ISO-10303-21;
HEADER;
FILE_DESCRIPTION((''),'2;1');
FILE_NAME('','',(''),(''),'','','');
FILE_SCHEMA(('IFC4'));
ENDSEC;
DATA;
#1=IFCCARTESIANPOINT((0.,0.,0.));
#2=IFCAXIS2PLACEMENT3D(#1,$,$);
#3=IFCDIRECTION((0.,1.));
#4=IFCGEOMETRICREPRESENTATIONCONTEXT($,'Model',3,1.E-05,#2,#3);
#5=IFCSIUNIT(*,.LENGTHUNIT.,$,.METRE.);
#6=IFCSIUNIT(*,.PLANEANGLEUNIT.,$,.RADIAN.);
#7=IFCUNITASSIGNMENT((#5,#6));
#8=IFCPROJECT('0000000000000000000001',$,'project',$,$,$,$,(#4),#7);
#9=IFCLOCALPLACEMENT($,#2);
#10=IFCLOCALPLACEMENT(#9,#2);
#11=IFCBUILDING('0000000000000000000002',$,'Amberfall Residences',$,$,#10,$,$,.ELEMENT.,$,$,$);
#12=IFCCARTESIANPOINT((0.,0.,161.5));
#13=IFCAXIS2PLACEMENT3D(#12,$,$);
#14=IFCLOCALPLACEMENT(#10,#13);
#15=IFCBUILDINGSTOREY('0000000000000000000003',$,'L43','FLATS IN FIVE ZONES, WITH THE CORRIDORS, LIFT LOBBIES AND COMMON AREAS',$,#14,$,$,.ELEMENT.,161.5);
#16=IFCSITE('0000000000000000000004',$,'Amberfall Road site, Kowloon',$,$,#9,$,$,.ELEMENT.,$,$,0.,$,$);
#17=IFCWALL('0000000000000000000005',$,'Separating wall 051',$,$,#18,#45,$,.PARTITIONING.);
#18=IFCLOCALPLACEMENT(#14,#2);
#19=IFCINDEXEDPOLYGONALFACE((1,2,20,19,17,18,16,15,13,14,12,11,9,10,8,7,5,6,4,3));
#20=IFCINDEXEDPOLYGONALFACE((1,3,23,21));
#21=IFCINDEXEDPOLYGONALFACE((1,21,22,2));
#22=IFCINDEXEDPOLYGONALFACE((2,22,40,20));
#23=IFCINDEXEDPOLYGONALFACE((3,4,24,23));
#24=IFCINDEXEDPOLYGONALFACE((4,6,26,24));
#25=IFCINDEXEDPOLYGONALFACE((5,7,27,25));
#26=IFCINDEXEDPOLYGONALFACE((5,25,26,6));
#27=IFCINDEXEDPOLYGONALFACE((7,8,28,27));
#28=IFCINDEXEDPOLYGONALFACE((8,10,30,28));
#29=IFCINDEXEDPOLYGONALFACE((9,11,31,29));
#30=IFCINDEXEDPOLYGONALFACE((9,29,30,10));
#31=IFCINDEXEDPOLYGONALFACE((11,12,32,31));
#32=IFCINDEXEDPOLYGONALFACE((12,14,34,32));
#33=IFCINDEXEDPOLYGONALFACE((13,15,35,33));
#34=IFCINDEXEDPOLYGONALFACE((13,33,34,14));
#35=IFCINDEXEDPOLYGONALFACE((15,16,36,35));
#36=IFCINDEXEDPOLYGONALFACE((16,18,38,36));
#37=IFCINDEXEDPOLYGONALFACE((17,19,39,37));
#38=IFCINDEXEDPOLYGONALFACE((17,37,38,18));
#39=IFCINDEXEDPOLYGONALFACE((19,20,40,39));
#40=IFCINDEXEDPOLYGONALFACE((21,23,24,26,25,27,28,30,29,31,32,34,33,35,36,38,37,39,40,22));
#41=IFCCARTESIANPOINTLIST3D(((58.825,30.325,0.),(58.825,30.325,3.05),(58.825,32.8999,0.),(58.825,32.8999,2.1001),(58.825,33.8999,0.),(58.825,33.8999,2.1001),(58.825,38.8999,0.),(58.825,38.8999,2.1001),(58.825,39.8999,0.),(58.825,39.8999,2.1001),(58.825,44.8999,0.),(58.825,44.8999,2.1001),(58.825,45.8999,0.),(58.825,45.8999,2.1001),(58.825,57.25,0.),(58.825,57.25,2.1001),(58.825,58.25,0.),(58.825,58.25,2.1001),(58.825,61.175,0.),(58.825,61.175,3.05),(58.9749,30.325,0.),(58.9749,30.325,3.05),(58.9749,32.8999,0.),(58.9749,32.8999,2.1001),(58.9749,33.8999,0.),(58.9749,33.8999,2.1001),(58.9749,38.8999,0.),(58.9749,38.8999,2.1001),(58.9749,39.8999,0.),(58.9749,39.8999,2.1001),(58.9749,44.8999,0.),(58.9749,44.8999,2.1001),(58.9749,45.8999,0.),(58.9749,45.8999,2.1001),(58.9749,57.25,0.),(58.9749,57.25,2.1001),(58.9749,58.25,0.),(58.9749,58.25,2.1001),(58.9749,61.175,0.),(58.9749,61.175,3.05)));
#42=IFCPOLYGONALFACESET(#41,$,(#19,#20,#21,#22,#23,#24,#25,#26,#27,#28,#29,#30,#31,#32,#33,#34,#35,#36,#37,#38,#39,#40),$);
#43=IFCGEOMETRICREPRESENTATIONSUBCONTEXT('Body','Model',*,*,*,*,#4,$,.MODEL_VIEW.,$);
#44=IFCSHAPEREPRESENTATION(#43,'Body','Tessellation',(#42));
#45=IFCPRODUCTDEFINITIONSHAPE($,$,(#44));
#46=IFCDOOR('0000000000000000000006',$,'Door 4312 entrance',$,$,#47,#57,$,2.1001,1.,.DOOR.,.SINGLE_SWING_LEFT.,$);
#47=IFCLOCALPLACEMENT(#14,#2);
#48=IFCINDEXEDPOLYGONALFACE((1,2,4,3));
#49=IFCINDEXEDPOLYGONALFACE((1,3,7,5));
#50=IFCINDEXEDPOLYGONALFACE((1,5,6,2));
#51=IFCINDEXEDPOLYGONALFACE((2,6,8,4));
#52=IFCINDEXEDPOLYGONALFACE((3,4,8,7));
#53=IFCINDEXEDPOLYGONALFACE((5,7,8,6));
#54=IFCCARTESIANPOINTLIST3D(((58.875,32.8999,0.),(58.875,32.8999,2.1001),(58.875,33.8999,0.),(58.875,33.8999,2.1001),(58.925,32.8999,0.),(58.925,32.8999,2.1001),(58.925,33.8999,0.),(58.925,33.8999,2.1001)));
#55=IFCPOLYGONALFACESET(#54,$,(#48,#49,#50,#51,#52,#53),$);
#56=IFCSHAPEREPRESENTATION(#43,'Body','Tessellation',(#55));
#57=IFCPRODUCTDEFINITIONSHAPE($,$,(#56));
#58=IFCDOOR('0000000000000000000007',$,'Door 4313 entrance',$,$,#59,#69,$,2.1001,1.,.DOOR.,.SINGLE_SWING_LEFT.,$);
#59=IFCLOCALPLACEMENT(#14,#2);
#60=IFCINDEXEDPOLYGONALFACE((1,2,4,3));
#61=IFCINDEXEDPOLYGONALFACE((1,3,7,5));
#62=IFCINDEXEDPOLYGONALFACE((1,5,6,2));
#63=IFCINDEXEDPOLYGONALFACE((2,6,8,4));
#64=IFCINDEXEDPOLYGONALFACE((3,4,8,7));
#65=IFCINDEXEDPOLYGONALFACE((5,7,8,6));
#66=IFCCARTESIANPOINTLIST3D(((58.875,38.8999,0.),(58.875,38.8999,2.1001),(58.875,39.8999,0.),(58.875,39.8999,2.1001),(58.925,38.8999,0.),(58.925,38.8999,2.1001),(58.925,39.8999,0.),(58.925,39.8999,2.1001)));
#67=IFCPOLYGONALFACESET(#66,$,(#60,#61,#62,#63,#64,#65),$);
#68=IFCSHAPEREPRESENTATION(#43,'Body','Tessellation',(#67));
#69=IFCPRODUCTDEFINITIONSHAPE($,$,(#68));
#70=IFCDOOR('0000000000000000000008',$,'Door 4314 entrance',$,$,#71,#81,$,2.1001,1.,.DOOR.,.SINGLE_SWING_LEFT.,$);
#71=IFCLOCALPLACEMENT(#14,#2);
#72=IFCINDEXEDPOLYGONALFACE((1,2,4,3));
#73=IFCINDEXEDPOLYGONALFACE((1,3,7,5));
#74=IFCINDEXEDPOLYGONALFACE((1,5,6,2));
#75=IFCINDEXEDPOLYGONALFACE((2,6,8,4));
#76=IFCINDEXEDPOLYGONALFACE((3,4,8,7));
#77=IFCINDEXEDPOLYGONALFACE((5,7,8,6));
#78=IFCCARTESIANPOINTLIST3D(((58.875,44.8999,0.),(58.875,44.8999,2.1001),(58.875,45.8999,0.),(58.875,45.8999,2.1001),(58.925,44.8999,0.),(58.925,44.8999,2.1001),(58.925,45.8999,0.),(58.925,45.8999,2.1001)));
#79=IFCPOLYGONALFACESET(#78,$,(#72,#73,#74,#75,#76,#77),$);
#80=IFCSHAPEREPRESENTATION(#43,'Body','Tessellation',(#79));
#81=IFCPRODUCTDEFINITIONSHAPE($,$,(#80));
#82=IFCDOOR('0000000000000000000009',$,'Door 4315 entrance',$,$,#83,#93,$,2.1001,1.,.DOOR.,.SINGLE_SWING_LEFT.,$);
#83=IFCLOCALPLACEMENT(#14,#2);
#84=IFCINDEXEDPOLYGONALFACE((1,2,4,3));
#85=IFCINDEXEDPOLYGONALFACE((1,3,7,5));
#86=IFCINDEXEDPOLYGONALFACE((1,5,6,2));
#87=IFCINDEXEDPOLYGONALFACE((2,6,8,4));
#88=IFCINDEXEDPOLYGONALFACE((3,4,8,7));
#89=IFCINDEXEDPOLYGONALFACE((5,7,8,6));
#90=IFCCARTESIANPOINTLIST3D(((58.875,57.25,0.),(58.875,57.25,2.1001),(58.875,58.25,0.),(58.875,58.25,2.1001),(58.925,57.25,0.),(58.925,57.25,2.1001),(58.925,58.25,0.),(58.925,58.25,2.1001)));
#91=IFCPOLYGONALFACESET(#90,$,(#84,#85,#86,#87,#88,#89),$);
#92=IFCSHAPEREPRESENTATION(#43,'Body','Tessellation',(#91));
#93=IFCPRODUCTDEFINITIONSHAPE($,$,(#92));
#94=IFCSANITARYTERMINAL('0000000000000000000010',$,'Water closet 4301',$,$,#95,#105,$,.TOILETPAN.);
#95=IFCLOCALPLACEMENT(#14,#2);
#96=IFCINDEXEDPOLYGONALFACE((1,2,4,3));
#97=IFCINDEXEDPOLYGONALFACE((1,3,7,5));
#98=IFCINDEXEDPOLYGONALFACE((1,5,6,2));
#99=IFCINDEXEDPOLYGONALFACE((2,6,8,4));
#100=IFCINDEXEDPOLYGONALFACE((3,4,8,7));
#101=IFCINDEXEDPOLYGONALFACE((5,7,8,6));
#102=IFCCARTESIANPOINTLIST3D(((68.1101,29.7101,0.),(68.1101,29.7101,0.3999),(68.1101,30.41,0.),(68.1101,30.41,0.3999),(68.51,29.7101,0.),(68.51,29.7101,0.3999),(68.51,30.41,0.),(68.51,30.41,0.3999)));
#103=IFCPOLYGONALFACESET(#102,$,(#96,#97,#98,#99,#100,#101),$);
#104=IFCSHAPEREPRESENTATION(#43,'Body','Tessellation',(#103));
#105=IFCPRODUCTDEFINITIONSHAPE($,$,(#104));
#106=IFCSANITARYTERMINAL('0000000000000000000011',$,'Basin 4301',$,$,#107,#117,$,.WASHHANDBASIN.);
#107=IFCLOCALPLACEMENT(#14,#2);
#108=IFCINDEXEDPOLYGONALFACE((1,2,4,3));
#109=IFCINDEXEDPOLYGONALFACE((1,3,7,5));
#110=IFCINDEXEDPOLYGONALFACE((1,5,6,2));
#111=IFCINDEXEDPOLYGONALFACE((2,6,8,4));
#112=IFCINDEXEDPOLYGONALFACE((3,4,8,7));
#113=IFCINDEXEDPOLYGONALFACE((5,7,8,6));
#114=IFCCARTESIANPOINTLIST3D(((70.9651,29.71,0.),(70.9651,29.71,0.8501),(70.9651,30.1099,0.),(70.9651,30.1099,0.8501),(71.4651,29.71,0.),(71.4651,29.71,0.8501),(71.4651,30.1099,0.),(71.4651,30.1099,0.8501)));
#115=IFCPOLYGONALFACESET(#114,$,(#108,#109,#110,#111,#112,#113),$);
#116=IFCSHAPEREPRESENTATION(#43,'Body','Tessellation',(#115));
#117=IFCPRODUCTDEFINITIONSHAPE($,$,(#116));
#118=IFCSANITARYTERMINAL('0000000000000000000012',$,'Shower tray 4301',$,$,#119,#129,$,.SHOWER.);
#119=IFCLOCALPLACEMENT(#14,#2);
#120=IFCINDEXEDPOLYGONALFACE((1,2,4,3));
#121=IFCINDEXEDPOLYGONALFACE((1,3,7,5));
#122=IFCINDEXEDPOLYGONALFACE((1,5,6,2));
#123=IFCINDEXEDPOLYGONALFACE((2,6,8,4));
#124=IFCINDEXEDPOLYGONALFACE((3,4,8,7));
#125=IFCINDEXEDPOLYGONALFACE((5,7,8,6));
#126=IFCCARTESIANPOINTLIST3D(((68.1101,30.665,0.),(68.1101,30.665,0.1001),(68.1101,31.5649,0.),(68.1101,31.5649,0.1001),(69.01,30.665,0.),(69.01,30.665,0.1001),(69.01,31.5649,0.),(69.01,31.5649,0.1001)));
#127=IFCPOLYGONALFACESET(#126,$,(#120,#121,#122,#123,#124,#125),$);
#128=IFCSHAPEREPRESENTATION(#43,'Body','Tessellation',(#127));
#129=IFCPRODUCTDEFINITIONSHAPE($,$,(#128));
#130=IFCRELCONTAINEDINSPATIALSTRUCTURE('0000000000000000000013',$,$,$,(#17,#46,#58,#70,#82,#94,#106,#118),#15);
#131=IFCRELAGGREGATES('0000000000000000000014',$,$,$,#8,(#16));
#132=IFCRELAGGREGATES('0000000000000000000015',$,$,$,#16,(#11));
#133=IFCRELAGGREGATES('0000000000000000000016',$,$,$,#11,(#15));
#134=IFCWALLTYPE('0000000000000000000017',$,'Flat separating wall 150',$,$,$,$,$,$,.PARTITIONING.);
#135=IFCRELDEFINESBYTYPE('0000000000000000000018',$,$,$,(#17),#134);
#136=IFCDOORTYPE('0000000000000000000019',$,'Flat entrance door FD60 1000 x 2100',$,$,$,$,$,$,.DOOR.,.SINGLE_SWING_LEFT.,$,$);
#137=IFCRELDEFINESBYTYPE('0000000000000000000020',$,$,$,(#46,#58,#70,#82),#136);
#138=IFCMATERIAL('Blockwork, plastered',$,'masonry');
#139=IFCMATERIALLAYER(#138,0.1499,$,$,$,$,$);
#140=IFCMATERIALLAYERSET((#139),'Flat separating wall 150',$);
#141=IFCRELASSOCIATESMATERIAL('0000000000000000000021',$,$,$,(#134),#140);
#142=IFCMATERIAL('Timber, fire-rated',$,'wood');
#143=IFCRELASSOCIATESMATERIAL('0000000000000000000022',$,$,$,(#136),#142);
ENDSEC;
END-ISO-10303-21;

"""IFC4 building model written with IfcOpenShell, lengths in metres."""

from ifc_helpers import new_model, si_unit, direction, frame, frame_2d, origin, origin_2d, place, context, subcontext, project, spatial, rectangle, extrude, material, layer, layer_set, type_object, element, fill, save


model = new_model("IFC4")

# Units and contexts
model_context = context("Model", 3, precision=1e-05, world=origin(), true_north=direction((0.0, 1.0)))
body_context = subcontext(model_context, "Body", "Model", "MODEL_VIEW")
ifc_project = project(units=[si_unit("LENGTHUNIT", "METRE"), si_unit("PLANEANGLEUNIT", "RADIAN")], contexts=[model_context])

# Site, building, storey
site_placement = place(None, origin())
site = spatial("IfcSite", under=ifc_project, at=site_placement, Name="Amberfall Road site, Kowloon", CompositionType="ELEMENT", RefElevation=0.0)
building_placement = place(site_placement, origin())
building = spatial("IfcBuilding", under=site, at=building_placement, Name="Amberfall Residences", CompositionType="ELEMENT")
storey_placement = place(building_placement, frame((0.0, 0.0, 161.5)))
storey = spatial("IfcBuildingStorey", under=building, at=storey_placement, Name="L43", Description="FLATS IN FIVE ZONES, WITH THE CORRIDORS, LIFT LOBBIES AND COMMON AREAS", CompositionType="ELEMENT", Elevation=161.5)

# Wall, openings, doors
ifc_material_1 = material(Name="Blockwork, plastered", Category="masonry")
ifc_layer_1 = layer(ifc_material_1, 0.1499)
ifc_layer_set_1 = layer_set([ifc_layer_1], Name="Flat separating wall 150")
wall_type_1 = type_object("IfcWallType", Name="Flat separating wall 150", PredefinedType="PARTITIONING", material=ifc_layer_set_1)
wall_1_placement = place(storey_placement, frame((58.8999, 30.325, 0.0), z_axis=(0.0, 0.0, 1.0), x_axis=(0.0, 1.0, 0.0)))
wall_1 = element("IfcWall", 1, at=wall_1_placement, inside=storey, type_object=wall_type_1, Name="Separating wall 051", PredefinedType="PARTITIONING", context=body_context, shape_type="SweptSolid", body=[
    extrude(rectangle(XDim=30.8501, YDim=0.1499, at=frame_2d((15.425, 0.0))), origin(), (0.0, 0.0, 1.0), 3.05),
])
opening_1_placement = place(wall_1_placement, frame((2.575, 0.0, 0.0)))
opening_1 = element("IfcOpeningElement", 2, at=opening_1_placement, cuts=wall_1, PredefinedType="OPENING", context=body_context, shape_type="SweptSolid", body=[
    extrude(rectangle(XDim=1.0, YDim=2.1001, at=frame_2d((0.5, 1.05))), frame((0.0, 0.085, 0.0), z_axis=(0.0, -1.0, 0.0), x_axis=(1.0, 0.0, 0.0)), (0.0, 0.0, 1.0), 0.1699),
])
opening_2_placement = place(wall_1_placement, frame((8.575, 0.0, 0.0)))
opening_2 = element("IfcOpeningElement", 3, at=opening_2_placement, cuts=wall_1, PredefinedType="OPENING", context=body_context, shape_type="SweptSolid", body=[
    extrude(rectangle(XDim=1.0, YDim=2.1001, at=frame_2d((0.5, 1.05))), frame((0.0, 0.085, 0.0), z_axis=(0.0, -1.0, 0.0), x_axis=(1.0, 0.0, 0.0)), (0.0, 0.0, 1.0), 0.1699),
])
opening_3_placement = place(wall_1_placement, frame((14.575, 0.0, 0.0)))
opening_3 = element("IfcOpeningElement", 4, at=opening_3_placement, cuts=wall_1, PredefinedType="OPENING", context=body_context, shape_type="SweptSolid", body=[
    extrude(rectangle(XDim=1.0, YDim=2.1001, at=frame_2d((0.5, 1.05))), frame((0.0, 0.085, 0.0), z_axis=(0.0, -1.0, 0.0), x_axis=(1.0, 0.0, 0.0)), (0.0, 0.0, 1.0), 0.1699),
])
opening_4_placement = place(wall_1_placement, frame((26.925, 0.0, 0.0)))
opening_4 = element("IfcOpeningElement", 5, at=opening_4_placement, cuts=wall_1, PredefinedType="OPENING", context=body_context, shape_type="SweptSolid", body=[
    extrude(rectangle(XDim=1.0, YDim=2.1001, at=frame_2d((0.5, 1.05))), frame((0.0, 0.085, 0.0), z_axis=(0.0, -1.0, 0.0), x_axis=(1.0, 0.0, 0.0)), (0.0, 0.0, 1.0), 0.1699),
])
ifc_material_2 = material(Name="Timber, fire-rated", Category="wood")
door_type_1 = type_object("IfcDoorType", Name="Flat entrance door FD60 1000 x 2100", OperationType="SINGLE_SWING_LEFT", PredefinedType="DOOR", material=ifc_material_2)
door_1_placement = place(opening_1_placement, origin())
door_1 = element("IfcDoor", 6, at=door_1_placement, inside=storey, type_object=door_type_1, Name="Door 4312 entrance", OperationType="SINGLE_SWING_LEFT", OverallHeight=2.1001, OverallWidth=1.0, PredefinedType="DOOR", context=body_context, shape_type="SweptSolid", body=[
    extrude(rectangle(XDim=1.0, YDim=2.1001, at=frame_2d((0.5, 1.05))), frame((0.0, 0.0249, 0.0), z_axis=(0.0, -1.0, 0.0), x_axis=(1.0, 0.0, 0.0)), (0.0, 0.0, 1.0), 0.05),
])
fill(opening_1, door_1)
door_2_placement = place(opening_2_placement, origin())
door_2 = element("IfcDoor", 7, at=door_2_placement, inside=storey, type_object=door_type_1, Name="Door 4313 entrance", OperationType="SINGLE_SWING_LEFT", OverallHeight=2.1001, OverallWidth=1.0, PredefinedType="DOOR", context=body_context, shape_type="SweptSolid", body=[
    extrude(rectangle(XDim=1.0, YDim=2.1001, at=frame_2d((0.5, 1.05))), frame((0.0, 0.0249, 0.0), z_axis=(0.0, -1.0, 0.0), x_axis=(1.0, 0.0, 0.0)), (0.0, 0.0, 1.0), 0.05),
])
fill(opening_2, door_2)
door_3_placement = place(opening_3_placement, origin())
door_3 = element("IfcDoor", 8, at=door_3_placement, inside=storey, type_object=door_type_1, Name="Door 4314 entrance", OperationType="SINGLE_SWING_LEFT", OverallHeight=2.1001, OverallWidth=1.0, PredefinedType="DOOR", context=body_context, shape_type="SweptSolid", body=[
    extrude(rectangle(XDim=1.0, YDim=2.1001, at=frame_2d((0.5, 1.05))), frame((0.0, 0.0249, 0.0), z_axis=(0.0, -1.0, 0.0), x_axis=(1.0, 0.0, 0.0)), (0.0, 0.0, 1.0), 0.05),
])
fill(opening_3, door_3)
door_4_placement = place(opening_4_placement, origin())
door_4 = element("IfcDoor", 9, at=door_4_placement, inside=storey, type_object=door_type_1, Name="Door 4315 entrance", OperationType="SINGLE_SWING_LEFT", OverallHeight=2.1001, OverallWidth=1.0, PredefinedType="DOOR", context=body_context, shape_type="SweptSolid", body=[
    extrude(rectangle(XDim=1.0, YDim=2.1001, at=frame_2d((0.5, 1.05))), frame((0.0, 0.0249, 0.0), z_axis=(0.0, -1.0, 0.0), x_axis=(1.0, 0.0, 0.0)), (0.0, 0.0, 1.0), 0.05),
])
fill(opening_4, door_4)

# Sanitary terminals
sanitary_terminal_1_placement = place(storey_placement, frame((68.3101, 30.0601, 0.0), z_axis=(0.0, 0.0, 1.0), x_axis=(1.0, 0.0, 0.0)))
element("IfcSanitaryTerminal", 10, at=sanitary_terminal_1_placement, inside=storey, Name="Water closet 4301", PredefinedType="TOILETPAN", context=body_context, shape_type="SweptSolid", body=[
    extrude(rectangle(XDim=0.3999, YDim=0.7, at=origin_2d()), origin(), (0.0, 0.0, 1.0), 0.3999),
])
sanitary_terminal_2_placement = place(storey_placement, frame((71.2151, 29.9099, 0.0), z_axis=(0.0, 0.0, 1.0), x_axis=(1.0, 0.0, 0.0)))
element("IfcSanitaryTerminal", 11, at=sanitary_terminal_2_placement, inside=storey, Name="Basin 4301", PredefinedType="WASHHANDBASIN", context=body_context, shape_type="SweptSolid", body=[
    extrude(rectangle(XDim=0.5, YDim=0.3999, at=origin_2d()), origin(), (0.0, 0.0, 1.0), 0.8501),
])
sanitary_terminal_3_placement = place(storey_placement, frame((68.5601, 31.115, 0.0), z_axis=(0.0, 0.0, 1.0), x_axis=(1.0, 0.0, 0.0)))
element("IfcSanitaryTerminal", 12, at=sanitary_terminal_3_placement, inside=storey, Name="Shower tray 4301", PredefinedType="SHOWER", context=body_context, shape_type="SweptSolid", body=[
    extrude(rectangle(XDim=0.8999, YDim=0.8999, at=origin_2d()), origin(), (0.0, 0.0, 1.0), 0.1001),
])

save(model, "model.ifc")
